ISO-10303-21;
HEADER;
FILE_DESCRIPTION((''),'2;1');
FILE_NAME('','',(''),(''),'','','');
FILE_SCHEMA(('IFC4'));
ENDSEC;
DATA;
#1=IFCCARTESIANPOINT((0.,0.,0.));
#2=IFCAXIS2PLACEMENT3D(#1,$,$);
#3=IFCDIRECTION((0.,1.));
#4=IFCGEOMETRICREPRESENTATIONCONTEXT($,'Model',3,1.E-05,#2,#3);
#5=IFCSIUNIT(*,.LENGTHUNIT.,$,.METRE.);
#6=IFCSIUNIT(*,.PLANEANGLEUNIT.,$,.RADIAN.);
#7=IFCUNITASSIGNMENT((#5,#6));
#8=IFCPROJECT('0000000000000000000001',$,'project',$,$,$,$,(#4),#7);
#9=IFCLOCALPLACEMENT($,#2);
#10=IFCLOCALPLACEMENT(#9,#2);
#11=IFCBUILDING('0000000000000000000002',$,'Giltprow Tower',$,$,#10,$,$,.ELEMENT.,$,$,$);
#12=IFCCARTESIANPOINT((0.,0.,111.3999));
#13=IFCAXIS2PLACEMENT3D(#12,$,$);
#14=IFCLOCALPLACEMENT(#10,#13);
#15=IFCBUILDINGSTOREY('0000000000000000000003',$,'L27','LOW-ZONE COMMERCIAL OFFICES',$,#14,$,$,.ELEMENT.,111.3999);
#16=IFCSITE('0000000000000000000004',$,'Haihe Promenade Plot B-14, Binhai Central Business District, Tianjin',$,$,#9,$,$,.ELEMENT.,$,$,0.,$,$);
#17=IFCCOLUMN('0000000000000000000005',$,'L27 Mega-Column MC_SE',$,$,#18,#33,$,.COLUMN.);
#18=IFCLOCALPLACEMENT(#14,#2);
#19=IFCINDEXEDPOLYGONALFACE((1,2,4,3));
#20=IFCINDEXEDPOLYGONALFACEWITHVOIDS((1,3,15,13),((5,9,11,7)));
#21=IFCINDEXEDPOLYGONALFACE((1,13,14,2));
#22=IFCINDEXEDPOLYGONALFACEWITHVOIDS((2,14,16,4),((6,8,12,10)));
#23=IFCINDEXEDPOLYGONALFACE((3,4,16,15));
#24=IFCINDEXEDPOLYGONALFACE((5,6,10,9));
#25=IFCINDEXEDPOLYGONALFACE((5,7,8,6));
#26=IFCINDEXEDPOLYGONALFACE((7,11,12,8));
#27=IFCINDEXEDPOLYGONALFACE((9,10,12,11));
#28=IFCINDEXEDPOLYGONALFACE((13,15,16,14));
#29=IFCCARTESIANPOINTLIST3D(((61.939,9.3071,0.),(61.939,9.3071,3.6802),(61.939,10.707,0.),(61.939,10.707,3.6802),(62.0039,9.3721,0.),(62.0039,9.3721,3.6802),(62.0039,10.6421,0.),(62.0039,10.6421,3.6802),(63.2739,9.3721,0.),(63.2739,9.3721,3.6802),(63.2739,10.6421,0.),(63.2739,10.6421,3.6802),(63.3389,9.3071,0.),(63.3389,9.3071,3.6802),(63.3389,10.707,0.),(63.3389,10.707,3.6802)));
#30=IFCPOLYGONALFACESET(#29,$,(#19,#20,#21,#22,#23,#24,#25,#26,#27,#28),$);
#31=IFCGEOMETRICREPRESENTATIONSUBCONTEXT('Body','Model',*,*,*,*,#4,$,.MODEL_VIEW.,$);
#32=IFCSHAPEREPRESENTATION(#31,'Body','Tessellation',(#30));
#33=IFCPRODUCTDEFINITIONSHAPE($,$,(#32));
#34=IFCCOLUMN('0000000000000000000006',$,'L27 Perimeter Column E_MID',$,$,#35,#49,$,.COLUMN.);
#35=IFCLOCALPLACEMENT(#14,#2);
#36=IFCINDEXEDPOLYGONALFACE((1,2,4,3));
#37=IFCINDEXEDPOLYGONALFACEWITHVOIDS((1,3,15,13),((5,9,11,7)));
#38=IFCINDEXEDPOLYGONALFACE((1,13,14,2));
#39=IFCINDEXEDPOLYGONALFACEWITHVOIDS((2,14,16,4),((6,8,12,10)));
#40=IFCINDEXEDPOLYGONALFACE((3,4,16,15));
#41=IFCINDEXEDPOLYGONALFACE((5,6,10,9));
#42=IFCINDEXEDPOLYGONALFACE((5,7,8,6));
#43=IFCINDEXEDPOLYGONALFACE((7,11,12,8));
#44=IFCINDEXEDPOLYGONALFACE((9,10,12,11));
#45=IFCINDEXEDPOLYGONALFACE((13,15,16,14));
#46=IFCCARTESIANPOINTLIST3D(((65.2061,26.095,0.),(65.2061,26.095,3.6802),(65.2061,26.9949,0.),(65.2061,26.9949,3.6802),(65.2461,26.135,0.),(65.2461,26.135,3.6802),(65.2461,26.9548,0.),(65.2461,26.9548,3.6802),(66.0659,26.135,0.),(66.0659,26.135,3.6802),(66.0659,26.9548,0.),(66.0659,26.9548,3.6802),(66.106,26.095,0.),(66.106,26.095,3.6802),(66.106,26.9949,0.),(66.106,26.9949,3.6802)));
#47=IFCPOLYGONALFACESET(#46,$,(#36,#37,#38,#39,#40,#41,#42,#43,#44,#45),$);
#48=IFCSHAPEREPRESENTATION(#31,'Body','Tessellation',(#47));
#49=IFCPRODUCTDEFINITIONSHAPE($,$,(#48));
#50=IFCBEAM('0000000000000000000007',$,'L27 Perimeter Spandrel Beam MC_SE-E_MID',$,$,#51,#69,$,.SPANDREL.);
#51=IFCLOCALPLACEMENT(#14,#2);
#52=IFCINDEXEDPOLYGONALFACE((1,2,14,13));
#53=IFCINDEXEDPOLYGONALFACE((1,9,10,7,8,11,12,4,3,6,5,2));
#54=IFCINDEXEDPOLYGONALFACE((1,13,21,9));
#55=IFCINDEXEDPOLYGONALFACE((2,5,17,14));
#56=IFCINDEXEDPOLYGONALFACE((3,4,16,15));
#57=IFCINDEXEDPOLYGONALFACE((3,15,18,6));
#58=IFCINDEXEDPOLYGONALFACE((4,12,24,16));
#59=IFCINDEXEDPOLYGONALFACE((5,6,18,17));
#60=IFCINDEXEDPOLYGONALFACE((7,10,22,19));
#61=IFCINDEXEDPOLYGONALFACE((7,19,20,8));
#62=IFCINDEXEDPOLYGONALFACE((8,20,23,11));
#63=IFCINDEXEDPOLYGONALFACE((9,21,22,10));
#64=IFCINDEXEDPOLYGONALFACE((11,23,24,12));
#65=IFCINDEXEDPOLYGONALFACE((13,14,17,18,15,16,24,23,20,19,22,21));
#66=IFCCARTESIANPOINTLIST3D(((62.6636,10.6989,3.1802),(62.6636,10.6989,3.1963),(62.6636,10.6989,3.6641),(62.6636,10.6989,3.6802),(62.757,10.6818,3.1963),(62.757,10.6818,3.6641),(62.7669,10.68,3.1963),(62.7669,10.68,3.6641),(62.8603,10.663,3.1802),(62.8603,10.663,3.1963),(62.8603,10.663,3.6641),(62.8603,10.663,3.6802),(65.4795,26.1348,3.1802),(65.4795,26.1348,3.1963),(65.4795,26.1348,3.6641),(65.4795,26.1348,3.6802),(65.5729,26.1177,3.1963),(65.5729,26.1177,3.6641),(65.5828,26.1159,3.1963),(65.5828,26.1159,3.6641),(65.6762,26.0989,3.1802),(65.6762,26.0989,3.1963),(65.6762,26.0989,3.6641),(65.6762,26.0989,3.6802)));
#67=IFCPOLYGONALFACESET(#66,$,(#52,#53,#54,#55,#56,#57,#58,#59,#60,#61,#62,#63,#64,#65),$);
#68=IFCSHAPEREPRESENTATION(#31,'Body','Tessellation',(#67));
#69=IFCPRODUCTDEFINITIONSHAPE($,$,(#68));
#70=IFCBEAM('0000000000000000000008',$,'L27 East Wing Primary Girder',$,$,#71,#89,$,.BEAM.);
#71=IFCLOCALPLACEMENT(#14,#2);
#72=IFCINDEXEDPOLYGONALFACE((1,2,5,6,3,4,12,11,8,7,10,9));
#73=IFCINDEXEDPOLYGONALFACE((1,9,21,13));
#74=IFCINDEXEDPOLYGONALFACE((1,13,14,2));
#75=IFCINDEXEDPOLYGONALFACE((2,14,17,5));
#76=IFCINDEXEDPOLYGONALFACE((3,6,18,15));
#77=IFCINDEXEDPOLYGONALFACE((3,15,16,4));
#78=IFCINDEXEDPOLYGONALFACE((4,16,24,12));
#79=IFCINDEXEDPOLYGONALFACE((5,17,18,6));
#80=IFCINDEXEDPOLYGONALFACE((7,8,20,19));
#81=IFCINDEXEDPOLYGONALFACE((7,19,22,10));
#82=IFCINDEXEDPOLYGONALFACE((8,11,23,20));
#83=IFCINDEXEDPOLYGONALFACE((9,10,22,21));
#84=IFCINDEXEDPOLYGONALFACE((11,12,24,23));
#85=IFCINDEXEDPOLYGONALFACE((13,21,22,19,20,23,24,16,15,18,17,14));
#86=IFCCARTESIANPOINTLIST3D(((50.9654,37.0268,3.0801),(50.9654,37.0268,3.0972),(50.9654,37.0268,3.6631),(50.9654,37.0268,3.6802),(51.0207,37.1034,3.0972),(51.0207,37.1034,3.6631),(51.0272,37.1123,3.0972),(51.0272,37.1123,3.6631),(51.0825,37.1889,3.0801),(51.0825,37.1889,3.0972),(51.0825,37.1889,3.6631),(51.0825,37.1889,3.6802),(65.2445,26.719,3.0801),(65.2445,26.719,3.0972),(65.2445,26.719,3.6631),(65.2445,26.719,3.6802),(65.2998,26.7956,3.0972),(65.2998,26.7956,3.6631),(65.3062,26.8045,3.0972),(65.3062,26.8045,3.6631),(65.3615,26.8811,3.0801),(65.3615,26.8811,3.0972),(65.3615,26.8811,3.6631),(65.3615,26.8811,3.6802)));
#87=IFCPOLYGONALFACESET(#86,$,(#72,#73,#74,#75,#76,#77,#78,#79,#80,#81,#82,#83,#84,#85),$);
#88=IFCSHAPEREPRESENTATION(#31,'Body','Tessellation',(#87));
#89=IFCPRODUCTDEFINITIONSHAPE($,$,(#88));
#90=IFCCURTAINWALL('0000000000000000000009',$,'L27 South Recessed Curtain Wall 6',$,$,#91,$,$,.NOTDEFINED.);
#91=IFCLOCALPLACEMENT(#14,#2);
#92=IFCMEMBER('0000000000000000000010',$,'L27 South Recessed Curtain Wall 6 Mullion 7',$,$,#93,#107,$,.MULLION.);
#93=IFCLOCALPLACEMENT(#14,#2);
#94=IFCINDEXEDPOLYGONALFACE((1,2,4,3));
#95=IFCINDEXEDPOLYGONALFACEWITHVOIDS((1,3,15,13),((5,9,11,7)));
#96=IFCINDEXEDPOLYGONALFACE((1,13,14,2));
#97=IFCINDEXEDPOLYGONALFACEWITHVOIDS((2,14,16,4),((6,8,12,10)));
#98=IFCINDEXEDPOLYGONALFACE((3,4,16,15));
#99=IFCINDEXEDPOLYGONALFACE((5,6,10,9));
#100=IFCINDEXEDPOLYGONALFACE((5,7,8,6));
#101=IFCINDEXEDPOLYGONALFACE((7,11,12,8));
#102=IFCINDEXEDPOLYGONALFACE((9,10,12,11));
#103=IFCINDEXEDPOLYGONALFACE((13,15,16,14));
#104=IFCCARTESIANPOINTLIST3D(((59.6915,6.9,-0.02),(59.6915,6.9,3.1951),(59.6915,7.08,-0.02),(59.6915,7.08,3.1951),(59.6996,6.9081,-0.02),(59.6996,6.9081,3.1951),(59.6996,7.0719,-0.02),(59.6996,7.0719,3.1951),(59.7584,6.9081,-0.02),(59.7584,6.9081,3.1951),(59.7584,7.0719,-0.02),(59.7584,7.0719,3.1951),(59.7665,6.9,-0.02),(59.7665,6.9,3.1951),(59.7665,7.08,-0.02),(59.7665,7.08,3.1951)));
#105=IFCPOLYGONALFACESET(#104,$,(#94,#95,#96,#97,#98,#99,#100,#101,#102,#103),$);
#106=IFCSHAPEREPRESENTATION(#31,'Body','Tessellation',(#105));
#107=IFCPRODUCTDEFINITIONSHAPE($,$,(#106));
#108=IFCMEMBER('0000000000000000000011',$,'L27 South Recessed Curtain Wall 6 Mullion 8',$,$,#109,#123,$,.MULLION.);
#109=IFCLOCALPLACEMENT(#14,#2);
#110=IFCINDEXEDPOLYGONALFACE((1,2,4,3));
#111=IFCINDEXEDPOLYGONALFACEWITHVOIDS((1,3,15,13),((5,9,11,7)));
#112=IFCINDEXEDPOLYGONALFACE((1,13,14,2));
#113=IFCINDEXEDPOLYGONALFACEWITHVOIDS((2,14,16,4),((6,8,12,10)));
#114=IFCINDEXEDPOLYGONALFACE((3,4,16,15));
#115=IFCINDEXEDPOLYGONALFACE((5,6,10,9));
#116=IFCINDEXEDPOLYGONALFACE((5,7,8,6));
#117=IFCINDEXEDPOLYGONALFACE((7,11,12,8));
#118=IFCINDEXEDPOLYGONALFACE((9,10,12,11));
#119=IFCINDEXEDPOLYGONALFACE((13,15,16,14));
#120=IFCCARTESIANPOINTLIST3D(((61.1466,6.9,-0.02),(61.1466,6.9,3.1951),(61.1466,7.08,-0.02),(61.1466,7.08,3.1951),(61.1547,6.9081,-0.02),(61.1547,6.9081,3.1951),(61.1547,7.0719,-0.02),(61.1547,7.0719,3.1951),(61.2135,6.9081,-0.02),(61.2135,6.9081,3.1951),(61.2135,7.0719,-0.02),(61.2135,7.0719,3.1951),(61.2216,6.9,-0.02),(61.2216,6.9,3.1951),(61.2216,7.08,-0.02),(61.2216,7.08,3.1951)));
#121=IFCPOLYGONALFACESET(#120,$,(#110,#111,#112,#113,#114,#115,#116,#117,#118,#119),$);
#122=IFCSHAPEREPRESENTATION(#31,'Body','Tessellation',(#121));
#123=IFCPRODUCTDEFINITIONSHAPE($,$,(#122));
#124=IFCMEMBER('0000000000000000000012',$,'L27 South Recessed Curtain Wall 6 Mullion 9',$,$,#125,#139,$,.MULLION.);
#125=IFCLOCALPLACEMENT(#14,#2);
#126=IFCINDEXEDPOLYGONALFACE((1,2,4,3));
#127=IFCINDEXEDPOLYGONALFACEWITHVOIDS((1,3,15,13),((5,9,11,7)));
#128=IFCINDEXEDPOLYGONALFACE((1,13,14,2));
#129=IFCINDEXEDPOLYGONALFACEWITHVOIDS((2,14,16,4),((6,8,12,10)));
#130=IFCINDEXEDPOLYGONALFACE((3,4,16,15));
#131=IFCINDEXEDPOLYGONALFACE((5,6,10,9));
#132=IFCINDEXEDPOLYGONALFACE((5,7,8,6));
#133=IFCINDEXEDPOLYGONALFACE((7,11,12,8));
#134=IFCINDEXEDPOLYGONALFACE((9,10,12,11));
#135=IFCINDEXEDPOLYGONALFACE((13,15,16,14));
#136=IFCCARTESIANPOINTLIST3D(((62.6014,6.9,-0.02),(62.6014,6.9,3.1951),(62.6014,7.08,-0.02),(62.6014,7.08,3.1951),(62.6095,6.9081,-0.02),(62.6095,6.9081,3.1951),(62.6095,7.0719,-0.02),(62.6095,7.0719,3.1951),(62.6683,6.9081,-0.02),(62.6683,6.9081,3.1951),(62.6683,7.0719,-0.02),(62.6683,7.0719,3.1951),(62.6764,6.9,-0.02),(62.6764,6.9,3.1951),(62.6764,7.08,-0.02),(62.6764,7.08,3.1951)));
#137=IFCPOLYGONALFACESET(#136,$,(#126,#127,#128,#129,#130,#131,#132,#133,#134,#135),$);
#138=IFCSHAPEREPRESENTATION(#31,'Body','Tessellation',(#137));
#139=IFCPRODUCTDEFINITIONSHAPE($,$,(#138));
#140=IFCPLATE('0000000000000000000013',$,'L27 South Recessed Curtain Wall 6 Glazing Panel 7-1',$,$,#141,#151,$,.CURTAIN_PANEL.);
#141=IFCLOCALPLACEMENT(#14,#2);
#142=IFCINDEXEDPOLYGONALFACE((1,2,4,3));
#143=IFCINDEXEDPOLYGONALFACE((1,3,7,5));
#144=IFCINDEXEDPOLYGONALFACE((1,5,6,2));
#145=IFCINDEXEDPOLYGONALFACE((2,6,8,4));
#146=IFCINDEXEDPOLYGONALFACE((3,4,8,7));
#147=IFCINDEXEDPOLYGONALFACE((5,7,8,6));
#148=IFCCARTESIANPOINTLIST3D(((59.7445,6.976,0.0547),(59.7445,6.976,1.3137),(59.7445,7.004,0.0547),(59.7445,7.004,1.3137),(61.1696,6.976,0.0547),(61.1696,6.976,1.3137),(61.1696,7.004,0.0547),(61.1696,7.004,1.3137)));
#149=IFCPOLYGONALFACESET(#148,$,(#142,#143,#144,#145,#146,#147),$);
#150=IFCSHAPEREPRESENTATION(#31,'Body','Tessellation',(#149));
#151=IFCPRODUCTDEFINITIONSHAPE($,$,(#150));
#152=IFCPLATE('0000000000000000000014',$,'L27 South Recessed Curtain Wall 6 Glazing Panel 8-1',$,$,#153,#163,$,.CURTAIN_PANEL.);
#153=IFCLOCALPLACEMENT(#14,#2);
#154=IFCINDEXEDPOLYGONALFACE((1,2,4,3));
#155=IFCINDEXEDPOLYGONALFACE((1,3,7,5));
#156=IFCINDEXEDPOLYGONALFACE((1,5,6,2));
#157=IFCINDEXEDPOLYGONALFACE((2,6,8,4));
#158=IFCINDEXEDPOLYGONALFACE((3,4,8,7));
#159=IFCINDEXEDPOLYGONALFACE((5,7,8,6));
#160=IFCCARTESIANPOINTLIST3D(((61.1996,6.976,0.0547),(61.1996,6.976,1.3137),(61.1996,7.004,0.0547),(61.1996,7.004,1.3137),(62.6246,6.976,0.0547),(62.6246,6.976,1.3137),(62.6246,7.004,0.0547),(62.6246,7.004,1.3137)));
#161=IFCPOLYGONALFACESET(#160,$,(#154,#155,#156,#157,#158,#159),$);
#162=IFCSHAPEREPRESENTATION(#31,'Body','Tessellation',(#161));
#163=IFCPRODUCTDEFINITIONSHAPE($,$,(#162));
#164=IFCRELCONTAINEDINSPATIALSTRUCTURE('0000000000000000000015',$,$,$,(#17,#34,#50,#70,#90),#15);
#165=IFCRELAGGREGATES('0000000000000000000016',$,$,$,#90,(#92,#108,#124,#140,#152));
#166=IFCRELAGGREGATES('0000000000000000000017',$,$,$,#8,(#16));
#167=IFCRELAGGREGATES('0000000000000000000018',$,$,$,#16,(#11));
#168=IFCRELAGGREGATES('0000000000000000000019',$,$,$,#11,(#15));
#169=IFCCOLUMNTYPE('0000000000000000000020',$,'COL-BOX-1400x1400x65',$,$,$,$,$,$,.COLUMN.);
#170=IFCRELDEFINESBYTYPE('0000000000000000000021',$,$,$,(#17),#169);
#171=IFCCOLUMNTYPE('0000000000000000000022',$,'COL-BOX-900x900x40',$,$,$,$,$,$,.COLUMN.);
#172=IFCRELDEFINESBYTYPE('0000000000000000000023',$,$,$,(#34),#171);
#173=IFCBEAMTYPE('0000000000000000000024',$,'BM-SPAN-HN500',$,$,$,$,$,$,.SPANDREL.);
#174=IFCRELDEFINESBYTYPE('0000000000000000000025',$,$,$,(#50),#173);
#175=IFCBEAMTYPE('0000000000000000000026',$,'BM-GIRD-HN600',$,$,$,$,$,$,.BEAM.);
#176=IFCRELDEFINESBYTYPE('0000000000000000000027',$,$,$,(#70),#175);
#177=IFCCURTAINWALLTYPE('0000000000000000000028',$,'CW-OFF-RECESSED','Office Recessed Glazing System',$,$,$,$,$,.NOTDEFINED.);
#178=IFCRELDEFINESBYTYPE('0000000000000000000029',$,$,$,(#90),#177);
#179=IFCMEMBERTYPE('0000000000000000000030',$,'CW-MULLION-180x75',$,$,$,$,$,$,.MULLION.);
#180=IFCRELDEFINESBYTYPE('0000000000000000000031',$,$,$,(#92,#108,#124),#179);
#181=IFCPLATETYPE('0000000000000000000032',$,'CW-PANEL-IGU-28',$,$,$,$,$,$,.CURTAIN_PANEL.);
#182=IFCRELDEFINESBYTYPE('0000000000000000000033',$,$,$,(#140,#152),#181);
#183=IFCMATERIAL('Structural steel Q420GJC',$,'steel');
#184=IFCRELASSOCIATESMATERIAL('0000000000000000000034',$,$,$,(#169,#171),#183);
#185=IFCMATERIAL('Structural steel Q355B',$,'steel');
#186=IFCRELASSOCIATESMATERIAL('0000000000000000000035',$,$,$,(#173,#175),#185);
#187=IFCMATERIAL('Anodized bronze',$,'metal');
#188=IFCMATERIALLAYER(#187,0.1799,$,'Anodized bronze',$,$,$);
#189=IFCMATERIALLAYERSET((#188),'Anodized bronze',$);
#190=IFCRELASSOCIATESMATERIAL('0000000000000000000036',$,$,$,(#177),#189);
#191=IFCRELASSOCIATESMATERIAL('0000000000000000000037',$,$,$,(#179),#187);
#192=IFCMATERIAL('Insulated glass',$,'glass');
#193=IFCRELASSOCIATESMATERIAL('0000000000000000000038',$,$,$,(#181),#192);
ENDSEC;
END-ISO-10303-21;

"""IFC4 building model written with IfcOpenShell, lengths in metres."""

from ifc_helpers import new_model, si_unit, direction, frame, origin, origin_2d, place, context, subcontext, project, spatial, rectangle, hollow_rectangle, i_section, extrude, source, transform, mapped, material, layer, layer_set, material_profile, profile_set, type_object, element, aggregate, save


model = new_model("IFC4")

# Units and contexts
model_context = context("Model", 3, precision=1e-05, world=origin(), true_north=direction((0.0, 1.0)))
body_context = subcontext(model_context, "Body", "Model", "MODEL_VIEW")
ifc_project = project(units=[si_unit("LENGTHUNIT", "METRE"), si_unit("PLANEANGLEUNIT", "RADIAN")], contexts=[model_context])

# Site, building, storey
site_placement = place(None, origin())
site = spatial("IfcSite", under=ifc_project, at=site_placement, Name="Haihe Promenade Plot B-14, Binhai Central Business District, Tianjin", CompositionType="ELEMENT", RefElevation=0.0)
building_placement = place(site_placement, origin())
building = spatial("IfcBuilding", under=site, at=building_placement, Name="Giltprow Tower", CompositionType="ELEMENT")
storey_placement = place(building_placement, frame((0.0, 0.0, 111.3999)))
storey = spatial("IfcBuildingStorey", under=building, at=storey_placement, Name="L27", Description="LOW-ZONE COMMERCIAL OFFICES", CompositionType="ELEMENT", Elevation=111.3999)

# Columns
ifc_material_1 = material(Name="Structural steel Q420GJC", Category="steel")
ifc_material_profile_1 = material_profile(ifc_material_1, hollow_rectangle(XDim=1.3999, YDim=1.3999, WallThickness=0.0649, at=origin_2d()), Name="BOX 1400x1400x65")
ifc_profile_set_1 = profile_set([ifc_material_profile_1], Name="Structural steel Q420GJC")
column_type_1 = type_object("IfcColumnType", Name="COL-BOX-1400x1400x65", PredefinedType="COLUMN", material=ifc_profile_set_1)
shared_shape_1 = source(origin(), body_context, "Body", "SweptSolid", [
    extrude(hollow_rectangle(XDim=1.3999, YDim=1.3999, WallThickness=0.0649, at=origin_2d()), origin(), (0.0, 0.0, 1.0), 3.6802),
])
column_1_placement = place(storey_placement, frame((62.6389, 10.0071, 0.0), z_axis=(0.0, 0.0, 1.0), x_axis=(1.0, 0.0, 0.0)))
element("IfcColumn", 1, at=column_1_placement, inside=storey, type_object=column_type_1, Name="L27 Mega-Column MC_SE", PredefinedType="COLUMN", context=body_context, shape_type="MappedRepresentation", body=[
    mapped(shared_shape_1, transform((0.0, 0.0, 0.0), x_axis=(1.0, 0.0, 0.0), y_axis=(0.0, 1.0, 0.0), z_axis=(0.0, 0.0, 1.0), scale=1.0)),
])
ifc_material_profile_2 = material_profile(ifc_material_1, hollow_rectangle(XDim=0.8999, YDim=0.8999, WallThickness=0.04, at=origin_2d()), Name="BOX 900x900x40")
ifc_profile_set_2 = profile_set([ifc_material_profile_2], Name="Structural steel Q420GJC")
column_type_2 = type_object("IfcColumnType", Name="COL-BOX-900x900x40", PredefinedType="COLUMN", material=ifc_profile_set_2)
shared_shape_2 = source(origin(), body_context, "Body", "SweptSolid", [
    extrude(hollow_rectangle(XDim=0.8999, YDim=0.8999, WallThickness=0.04, at=origin_2d()), origin(), (0.0, 0.0, 1.0), 3.6802),
])
column_2_placement = place(storey_placement, frame((65.656, 26.5449, 0.0), z_axis=(0.0, 0.0, 1.0), x_axis=(1.0, 0.0, 0.0)))
element("IfcColumn", 2, at=column_2_placement, inside=storey, type_object=column_type_2, Name="L27 Perimeter Column E_MID", PredefinedType="COLUMN", context=body_context, shape_type="MappedRepresentation", body=[
    mapped(shared_shape_2, transform((0.0, 0.0, 0.0), x_axis=(1.0, 0.0, 0.0), y_axis=(0.0, 1.0, 0.0), z_axis=(0.0, 0.0, 1.0), scale=1.0)),
])

# Beams
ifc_material_2 = material(Name="Structural steel Q355B", Category="steel")
ifc_material_profile_3 = material_profile(ifc_material_2, i_section(OverallWidth=0.2, OverallDepth=0.5, WebThickness=0.01, FlangeThickness=0.0161, at=origin_2d()), Name="HN 500x200x10x16")
ifc_profile_set_3 = profile_set([ifc_material_profile_3], Name="Structural steel Q355B")
beam_type_1 = type_object("IfcBeamType", Name="BM-SPAN-HN500", PredefinedType="SPANDREL", material=ifc_profile_set_3)
shared_shape_3 = source(origin(), body_context, "Body", "SweptSolid", [
    extrude(i_section(OverallWidth=0.2, OverallDepth=0.5, WebThickness=0.01, FlangeThickness=0.0161, at=origin_2d()), origin(), (0.0, 0.0, 1.0), 15.6907),
])
beam_1_placement = place(storey_placement, frame((62.762, 10.6809, 3.4302), z_axis=(0.179463, 0.983765, 0.0), x_axis=(-0.983765, 0.179463, 0.0)))
element("IfcBeam", 3, at=beam_1_placement, inside=storey, type_object=beam_type_1, Name="L27 Perimeter Spandrel Beam MC_SE-E_MID", PredefinedType="SPANDREL", context=body_context, shape_type="MappedRepresentation", body=[
    mapped(shared_shape_3, transform((0.0, 0.0, 0.0), x_axis=(1.0, 0.0, 0.0), y_axis=(0.0, 1.0, 0.0), z_axis=(0.0, 0.0, 1.0), scale=1.0)),
])
ifc_material_profile_4 = material_profile(ifc_material_2, i_section(OverallWidth=0.2, OverallDepth=0.6001, WebThickness=0.011, FlangeThickness=0.0171, at=origin_2d()), Name="HN 600x200x11x17")
ifc_profile_set_4 = profile_set([ifc_material_profile_4], Name="Structural steel Q355B")
beam_type_2 = type_object("IfcBeamType", Name="BM-GIRD-HN600", PredefinedType="BEAM", material=ifc_profile_set_4)
shared_shape_4 = source(origin(), body_context, "Body", "SweptSolid", [
    extrude(i_section(OverallWidth=0.2, OverallDepth=0.6001, WebThickness=0.011, FlangeThickness=0.0171, at=origin_2d()), origin(), (0.0, 0.0, 1.0), 17.6108),
])
beam_2_placement = place(storey_placement, frame((65.303, 26.8, 3.3801), z_axis=(-0.810808, 0.585312, 0.0), x_axis=(-0.585312, -0.810808, 0.0)))
element("IfcBeam", 4, at=beam_2_placement, inside=storey, type_object=beam_type_2, Name="L27 East Wing Primary Girder", PredefinedType="BEAM", context=body_context, shape_type="MappedRepresentation", body=[
    mapped(shared_shape_4, transform((0.0, 0.0, 0.0), x_axis=(1.0, 0.0, 0.0), y_axis=(0.0, 1.0, 0.0), z_axis=(0.0, 0.0, 1.0), scale=1.0)),
])

# Curtain wall, members, plates
ifc_material_3 = material(Name="Anodized bronze", Category="metal")
ifc_layer_1 = layer(ifc_material_3, 0.1799, Name="Anodized bronze")
ifc_layer_set_1 = layer_set([ifc_layer_1], Name="Anodized bronze")
curtain_wall_type = type_object("IfcCurtainWallType", Name="CW-OFF-RECESSED", Description="Office Recessed Glazing System", PredefinedType="NOTDEFINED", material=ifc_layer_set_1)
curtain_wall_placement = place(storey_placement, origin())
curtain_wall = element("IfcCurtainWall", 5, at=curtain_wall_placement, inside=storey, type_object=curtain_wall_type, Name="L27 South Recessed Curtain Wall 6", PredefinedType="NOTDEFINED")
ifc_material_profile_5 = material_profile(ifc_material_3, hollow_rectangle(XDim=0.075, YDim=0.1799, WallThickness=0.0081, at=origin_2d()), Name="RHS 180x75x8")
ifc_profile_set_5 = profile_set([ifc_material_profile_5], Name="Anodized bronze")
member_type = type_object("IfcMemberType", Name="CW-MULLION-180x75", PredefinedType="MULLION", material=ifc_profile_set_5)
shared_shape_5 = source(origin(), body_context, "Body", "SweptSolid", [
    extrude(hollow_rectangle(XDim=0.075, YDim=0.1799, WallThickness=0.0081, at=origin_2d()), origin(), (0.0, 0.0, 1.0), 3.2151),
])
member_1_placement = place(storey_placement, frame((59.729, 6.99, -0.02), z_axis=(0.0, 0.0, 1.0), x_axis=(1.0, 0.0, 0.0)))
member_1 = element("IfcMember", 6, at=member_1_placement, type_object=member_type, Name="L27 South Recessed Curtain Wall 6 Mullion 7", PredefinedType="MULLION", context=body_context, shape_type="MappedRepresentation", body=[
    mapped(shared_shape_5, transform((0.0, 0.0, 0.0), x_axis=(1.0, 0.0, 0.0), y_axis=(0.0, 1.0, 0.0), z_axis=(0.0, 0.0, 1.0), scale=1.0)),
])
member_2_placement = place(storey_placement, frame((61.1841, 6.99, -0.02), z_axis=(0.0, 0.0, 1.0), x_axis=(1.0, 0.0, 0.0)))
member_2 = element("IfcMember", 7, at=member_2_placement, type_object=member_type, Name="L27 South Recessed Curtain Wall 6 Mullion 8", PredefinedType="MULLION", context=body_context, shape_type="MappedRepresentation", body=[
    mapped(shared_shape_5, transform((0.0, 0.0, 0.0), x_axis=(1.0, 0.0, 0.0), y_axis=(0.0, 1.0, 0.0), z_axis=(0.0, 0.0, 1.0), scale=1.0)),
])
member_3_placement = place(storey_placement, frame((62.6389, 6.99, -0.02), z_axis=(0.0, 0.0, 1.0), x_axis=(1.0, 0.0, 0.0)))
member_3 = element("IfcMember", 8, at=member_3_placement, type_object=member_type, Name="L27 South Recessed Curtain Wall 6 Mullion 9", PredefinedType="MULLION", context=body_context, shape_type="MappedRepresentation", body=[
    mapped(shared_shape_5, transform((0.0, 0.0, 0.0), x_axis=(1.0, 0.0, 0.0), y_axis=(0.0, 1.0, 0.0), z_axis=(0.0, 0.0, 1.0), scale=1.0)),
])
ifc_material_4 = material(Name="Insulated glass", Category="glass")
plate_type = type_object("IfcPlateType", Name="CW-PANEL-IGU-28", PredefinedType="CURTAIN_PANEL", material=ifc_material_4)
shared_shape_6 = source(origin(), body_context, "Body", "SweptSolid", [
    extrude(rectangle(XDim=1.425, YDim=0.0281, at=origin_2d()), origin(), (0.0, 0.0, 1.0), 1.259),
])
plate_1_placement = place(storey_placement, frame((60.457, 6.99, 0.0547), z_axis=(0.0, 0.0, 1.0), x_axis=(1.0, 0.0, 0.0)))
plate_1 = element("IfcPlate", 9, at=plate_1_placement, type_object=plate_type, Name="L27 South Recessed Curtain Wall 6 Glazing Panel 7-1", PredefinedType="CURTAIN_PANEL", context=body_context, shape_type="MappedRepresentation", body=[
    mapped(shared_shape_6, transform((0.0, 0.0, 0.0), x_axis=(1.0, 0.0, 0.0), y_axis=(0.0, 1.0, 0.0), z_axis=(0.0, 0.0, 1.0), scale=1.0)),
])
plate_2_placement = place(storey_placement, frame((61.9121, 6.99, 0.0547), z_axis=(0.0, 0.0, 1.0), x_axis=(1.0, 0.0, 0.0)))
plate_2 = element("IfcPlate", 10, at=plate_2_placement, type_object=plate_type, Name="L27 South Recessed Curtain Wall 6 Glazing Panel 8-1", PredefinedType="CURTAIN_PANEL", context=body_context, shape_type="MappedRepresentation", body=[
    mapped(shared_shape_6, transform((0.0, 0.0, 0.0), x_axis=(1.0, 0.0, 0.0), y_axis=(0.0, 1.0, 0.0), z_axis=(0.0, 0.0, 1.0), scale=1.0)),
])
aggregate(curtain_wall, [member_1, member_2, member_3, plate_1, plate_2])

save(model, "model.ifc")
